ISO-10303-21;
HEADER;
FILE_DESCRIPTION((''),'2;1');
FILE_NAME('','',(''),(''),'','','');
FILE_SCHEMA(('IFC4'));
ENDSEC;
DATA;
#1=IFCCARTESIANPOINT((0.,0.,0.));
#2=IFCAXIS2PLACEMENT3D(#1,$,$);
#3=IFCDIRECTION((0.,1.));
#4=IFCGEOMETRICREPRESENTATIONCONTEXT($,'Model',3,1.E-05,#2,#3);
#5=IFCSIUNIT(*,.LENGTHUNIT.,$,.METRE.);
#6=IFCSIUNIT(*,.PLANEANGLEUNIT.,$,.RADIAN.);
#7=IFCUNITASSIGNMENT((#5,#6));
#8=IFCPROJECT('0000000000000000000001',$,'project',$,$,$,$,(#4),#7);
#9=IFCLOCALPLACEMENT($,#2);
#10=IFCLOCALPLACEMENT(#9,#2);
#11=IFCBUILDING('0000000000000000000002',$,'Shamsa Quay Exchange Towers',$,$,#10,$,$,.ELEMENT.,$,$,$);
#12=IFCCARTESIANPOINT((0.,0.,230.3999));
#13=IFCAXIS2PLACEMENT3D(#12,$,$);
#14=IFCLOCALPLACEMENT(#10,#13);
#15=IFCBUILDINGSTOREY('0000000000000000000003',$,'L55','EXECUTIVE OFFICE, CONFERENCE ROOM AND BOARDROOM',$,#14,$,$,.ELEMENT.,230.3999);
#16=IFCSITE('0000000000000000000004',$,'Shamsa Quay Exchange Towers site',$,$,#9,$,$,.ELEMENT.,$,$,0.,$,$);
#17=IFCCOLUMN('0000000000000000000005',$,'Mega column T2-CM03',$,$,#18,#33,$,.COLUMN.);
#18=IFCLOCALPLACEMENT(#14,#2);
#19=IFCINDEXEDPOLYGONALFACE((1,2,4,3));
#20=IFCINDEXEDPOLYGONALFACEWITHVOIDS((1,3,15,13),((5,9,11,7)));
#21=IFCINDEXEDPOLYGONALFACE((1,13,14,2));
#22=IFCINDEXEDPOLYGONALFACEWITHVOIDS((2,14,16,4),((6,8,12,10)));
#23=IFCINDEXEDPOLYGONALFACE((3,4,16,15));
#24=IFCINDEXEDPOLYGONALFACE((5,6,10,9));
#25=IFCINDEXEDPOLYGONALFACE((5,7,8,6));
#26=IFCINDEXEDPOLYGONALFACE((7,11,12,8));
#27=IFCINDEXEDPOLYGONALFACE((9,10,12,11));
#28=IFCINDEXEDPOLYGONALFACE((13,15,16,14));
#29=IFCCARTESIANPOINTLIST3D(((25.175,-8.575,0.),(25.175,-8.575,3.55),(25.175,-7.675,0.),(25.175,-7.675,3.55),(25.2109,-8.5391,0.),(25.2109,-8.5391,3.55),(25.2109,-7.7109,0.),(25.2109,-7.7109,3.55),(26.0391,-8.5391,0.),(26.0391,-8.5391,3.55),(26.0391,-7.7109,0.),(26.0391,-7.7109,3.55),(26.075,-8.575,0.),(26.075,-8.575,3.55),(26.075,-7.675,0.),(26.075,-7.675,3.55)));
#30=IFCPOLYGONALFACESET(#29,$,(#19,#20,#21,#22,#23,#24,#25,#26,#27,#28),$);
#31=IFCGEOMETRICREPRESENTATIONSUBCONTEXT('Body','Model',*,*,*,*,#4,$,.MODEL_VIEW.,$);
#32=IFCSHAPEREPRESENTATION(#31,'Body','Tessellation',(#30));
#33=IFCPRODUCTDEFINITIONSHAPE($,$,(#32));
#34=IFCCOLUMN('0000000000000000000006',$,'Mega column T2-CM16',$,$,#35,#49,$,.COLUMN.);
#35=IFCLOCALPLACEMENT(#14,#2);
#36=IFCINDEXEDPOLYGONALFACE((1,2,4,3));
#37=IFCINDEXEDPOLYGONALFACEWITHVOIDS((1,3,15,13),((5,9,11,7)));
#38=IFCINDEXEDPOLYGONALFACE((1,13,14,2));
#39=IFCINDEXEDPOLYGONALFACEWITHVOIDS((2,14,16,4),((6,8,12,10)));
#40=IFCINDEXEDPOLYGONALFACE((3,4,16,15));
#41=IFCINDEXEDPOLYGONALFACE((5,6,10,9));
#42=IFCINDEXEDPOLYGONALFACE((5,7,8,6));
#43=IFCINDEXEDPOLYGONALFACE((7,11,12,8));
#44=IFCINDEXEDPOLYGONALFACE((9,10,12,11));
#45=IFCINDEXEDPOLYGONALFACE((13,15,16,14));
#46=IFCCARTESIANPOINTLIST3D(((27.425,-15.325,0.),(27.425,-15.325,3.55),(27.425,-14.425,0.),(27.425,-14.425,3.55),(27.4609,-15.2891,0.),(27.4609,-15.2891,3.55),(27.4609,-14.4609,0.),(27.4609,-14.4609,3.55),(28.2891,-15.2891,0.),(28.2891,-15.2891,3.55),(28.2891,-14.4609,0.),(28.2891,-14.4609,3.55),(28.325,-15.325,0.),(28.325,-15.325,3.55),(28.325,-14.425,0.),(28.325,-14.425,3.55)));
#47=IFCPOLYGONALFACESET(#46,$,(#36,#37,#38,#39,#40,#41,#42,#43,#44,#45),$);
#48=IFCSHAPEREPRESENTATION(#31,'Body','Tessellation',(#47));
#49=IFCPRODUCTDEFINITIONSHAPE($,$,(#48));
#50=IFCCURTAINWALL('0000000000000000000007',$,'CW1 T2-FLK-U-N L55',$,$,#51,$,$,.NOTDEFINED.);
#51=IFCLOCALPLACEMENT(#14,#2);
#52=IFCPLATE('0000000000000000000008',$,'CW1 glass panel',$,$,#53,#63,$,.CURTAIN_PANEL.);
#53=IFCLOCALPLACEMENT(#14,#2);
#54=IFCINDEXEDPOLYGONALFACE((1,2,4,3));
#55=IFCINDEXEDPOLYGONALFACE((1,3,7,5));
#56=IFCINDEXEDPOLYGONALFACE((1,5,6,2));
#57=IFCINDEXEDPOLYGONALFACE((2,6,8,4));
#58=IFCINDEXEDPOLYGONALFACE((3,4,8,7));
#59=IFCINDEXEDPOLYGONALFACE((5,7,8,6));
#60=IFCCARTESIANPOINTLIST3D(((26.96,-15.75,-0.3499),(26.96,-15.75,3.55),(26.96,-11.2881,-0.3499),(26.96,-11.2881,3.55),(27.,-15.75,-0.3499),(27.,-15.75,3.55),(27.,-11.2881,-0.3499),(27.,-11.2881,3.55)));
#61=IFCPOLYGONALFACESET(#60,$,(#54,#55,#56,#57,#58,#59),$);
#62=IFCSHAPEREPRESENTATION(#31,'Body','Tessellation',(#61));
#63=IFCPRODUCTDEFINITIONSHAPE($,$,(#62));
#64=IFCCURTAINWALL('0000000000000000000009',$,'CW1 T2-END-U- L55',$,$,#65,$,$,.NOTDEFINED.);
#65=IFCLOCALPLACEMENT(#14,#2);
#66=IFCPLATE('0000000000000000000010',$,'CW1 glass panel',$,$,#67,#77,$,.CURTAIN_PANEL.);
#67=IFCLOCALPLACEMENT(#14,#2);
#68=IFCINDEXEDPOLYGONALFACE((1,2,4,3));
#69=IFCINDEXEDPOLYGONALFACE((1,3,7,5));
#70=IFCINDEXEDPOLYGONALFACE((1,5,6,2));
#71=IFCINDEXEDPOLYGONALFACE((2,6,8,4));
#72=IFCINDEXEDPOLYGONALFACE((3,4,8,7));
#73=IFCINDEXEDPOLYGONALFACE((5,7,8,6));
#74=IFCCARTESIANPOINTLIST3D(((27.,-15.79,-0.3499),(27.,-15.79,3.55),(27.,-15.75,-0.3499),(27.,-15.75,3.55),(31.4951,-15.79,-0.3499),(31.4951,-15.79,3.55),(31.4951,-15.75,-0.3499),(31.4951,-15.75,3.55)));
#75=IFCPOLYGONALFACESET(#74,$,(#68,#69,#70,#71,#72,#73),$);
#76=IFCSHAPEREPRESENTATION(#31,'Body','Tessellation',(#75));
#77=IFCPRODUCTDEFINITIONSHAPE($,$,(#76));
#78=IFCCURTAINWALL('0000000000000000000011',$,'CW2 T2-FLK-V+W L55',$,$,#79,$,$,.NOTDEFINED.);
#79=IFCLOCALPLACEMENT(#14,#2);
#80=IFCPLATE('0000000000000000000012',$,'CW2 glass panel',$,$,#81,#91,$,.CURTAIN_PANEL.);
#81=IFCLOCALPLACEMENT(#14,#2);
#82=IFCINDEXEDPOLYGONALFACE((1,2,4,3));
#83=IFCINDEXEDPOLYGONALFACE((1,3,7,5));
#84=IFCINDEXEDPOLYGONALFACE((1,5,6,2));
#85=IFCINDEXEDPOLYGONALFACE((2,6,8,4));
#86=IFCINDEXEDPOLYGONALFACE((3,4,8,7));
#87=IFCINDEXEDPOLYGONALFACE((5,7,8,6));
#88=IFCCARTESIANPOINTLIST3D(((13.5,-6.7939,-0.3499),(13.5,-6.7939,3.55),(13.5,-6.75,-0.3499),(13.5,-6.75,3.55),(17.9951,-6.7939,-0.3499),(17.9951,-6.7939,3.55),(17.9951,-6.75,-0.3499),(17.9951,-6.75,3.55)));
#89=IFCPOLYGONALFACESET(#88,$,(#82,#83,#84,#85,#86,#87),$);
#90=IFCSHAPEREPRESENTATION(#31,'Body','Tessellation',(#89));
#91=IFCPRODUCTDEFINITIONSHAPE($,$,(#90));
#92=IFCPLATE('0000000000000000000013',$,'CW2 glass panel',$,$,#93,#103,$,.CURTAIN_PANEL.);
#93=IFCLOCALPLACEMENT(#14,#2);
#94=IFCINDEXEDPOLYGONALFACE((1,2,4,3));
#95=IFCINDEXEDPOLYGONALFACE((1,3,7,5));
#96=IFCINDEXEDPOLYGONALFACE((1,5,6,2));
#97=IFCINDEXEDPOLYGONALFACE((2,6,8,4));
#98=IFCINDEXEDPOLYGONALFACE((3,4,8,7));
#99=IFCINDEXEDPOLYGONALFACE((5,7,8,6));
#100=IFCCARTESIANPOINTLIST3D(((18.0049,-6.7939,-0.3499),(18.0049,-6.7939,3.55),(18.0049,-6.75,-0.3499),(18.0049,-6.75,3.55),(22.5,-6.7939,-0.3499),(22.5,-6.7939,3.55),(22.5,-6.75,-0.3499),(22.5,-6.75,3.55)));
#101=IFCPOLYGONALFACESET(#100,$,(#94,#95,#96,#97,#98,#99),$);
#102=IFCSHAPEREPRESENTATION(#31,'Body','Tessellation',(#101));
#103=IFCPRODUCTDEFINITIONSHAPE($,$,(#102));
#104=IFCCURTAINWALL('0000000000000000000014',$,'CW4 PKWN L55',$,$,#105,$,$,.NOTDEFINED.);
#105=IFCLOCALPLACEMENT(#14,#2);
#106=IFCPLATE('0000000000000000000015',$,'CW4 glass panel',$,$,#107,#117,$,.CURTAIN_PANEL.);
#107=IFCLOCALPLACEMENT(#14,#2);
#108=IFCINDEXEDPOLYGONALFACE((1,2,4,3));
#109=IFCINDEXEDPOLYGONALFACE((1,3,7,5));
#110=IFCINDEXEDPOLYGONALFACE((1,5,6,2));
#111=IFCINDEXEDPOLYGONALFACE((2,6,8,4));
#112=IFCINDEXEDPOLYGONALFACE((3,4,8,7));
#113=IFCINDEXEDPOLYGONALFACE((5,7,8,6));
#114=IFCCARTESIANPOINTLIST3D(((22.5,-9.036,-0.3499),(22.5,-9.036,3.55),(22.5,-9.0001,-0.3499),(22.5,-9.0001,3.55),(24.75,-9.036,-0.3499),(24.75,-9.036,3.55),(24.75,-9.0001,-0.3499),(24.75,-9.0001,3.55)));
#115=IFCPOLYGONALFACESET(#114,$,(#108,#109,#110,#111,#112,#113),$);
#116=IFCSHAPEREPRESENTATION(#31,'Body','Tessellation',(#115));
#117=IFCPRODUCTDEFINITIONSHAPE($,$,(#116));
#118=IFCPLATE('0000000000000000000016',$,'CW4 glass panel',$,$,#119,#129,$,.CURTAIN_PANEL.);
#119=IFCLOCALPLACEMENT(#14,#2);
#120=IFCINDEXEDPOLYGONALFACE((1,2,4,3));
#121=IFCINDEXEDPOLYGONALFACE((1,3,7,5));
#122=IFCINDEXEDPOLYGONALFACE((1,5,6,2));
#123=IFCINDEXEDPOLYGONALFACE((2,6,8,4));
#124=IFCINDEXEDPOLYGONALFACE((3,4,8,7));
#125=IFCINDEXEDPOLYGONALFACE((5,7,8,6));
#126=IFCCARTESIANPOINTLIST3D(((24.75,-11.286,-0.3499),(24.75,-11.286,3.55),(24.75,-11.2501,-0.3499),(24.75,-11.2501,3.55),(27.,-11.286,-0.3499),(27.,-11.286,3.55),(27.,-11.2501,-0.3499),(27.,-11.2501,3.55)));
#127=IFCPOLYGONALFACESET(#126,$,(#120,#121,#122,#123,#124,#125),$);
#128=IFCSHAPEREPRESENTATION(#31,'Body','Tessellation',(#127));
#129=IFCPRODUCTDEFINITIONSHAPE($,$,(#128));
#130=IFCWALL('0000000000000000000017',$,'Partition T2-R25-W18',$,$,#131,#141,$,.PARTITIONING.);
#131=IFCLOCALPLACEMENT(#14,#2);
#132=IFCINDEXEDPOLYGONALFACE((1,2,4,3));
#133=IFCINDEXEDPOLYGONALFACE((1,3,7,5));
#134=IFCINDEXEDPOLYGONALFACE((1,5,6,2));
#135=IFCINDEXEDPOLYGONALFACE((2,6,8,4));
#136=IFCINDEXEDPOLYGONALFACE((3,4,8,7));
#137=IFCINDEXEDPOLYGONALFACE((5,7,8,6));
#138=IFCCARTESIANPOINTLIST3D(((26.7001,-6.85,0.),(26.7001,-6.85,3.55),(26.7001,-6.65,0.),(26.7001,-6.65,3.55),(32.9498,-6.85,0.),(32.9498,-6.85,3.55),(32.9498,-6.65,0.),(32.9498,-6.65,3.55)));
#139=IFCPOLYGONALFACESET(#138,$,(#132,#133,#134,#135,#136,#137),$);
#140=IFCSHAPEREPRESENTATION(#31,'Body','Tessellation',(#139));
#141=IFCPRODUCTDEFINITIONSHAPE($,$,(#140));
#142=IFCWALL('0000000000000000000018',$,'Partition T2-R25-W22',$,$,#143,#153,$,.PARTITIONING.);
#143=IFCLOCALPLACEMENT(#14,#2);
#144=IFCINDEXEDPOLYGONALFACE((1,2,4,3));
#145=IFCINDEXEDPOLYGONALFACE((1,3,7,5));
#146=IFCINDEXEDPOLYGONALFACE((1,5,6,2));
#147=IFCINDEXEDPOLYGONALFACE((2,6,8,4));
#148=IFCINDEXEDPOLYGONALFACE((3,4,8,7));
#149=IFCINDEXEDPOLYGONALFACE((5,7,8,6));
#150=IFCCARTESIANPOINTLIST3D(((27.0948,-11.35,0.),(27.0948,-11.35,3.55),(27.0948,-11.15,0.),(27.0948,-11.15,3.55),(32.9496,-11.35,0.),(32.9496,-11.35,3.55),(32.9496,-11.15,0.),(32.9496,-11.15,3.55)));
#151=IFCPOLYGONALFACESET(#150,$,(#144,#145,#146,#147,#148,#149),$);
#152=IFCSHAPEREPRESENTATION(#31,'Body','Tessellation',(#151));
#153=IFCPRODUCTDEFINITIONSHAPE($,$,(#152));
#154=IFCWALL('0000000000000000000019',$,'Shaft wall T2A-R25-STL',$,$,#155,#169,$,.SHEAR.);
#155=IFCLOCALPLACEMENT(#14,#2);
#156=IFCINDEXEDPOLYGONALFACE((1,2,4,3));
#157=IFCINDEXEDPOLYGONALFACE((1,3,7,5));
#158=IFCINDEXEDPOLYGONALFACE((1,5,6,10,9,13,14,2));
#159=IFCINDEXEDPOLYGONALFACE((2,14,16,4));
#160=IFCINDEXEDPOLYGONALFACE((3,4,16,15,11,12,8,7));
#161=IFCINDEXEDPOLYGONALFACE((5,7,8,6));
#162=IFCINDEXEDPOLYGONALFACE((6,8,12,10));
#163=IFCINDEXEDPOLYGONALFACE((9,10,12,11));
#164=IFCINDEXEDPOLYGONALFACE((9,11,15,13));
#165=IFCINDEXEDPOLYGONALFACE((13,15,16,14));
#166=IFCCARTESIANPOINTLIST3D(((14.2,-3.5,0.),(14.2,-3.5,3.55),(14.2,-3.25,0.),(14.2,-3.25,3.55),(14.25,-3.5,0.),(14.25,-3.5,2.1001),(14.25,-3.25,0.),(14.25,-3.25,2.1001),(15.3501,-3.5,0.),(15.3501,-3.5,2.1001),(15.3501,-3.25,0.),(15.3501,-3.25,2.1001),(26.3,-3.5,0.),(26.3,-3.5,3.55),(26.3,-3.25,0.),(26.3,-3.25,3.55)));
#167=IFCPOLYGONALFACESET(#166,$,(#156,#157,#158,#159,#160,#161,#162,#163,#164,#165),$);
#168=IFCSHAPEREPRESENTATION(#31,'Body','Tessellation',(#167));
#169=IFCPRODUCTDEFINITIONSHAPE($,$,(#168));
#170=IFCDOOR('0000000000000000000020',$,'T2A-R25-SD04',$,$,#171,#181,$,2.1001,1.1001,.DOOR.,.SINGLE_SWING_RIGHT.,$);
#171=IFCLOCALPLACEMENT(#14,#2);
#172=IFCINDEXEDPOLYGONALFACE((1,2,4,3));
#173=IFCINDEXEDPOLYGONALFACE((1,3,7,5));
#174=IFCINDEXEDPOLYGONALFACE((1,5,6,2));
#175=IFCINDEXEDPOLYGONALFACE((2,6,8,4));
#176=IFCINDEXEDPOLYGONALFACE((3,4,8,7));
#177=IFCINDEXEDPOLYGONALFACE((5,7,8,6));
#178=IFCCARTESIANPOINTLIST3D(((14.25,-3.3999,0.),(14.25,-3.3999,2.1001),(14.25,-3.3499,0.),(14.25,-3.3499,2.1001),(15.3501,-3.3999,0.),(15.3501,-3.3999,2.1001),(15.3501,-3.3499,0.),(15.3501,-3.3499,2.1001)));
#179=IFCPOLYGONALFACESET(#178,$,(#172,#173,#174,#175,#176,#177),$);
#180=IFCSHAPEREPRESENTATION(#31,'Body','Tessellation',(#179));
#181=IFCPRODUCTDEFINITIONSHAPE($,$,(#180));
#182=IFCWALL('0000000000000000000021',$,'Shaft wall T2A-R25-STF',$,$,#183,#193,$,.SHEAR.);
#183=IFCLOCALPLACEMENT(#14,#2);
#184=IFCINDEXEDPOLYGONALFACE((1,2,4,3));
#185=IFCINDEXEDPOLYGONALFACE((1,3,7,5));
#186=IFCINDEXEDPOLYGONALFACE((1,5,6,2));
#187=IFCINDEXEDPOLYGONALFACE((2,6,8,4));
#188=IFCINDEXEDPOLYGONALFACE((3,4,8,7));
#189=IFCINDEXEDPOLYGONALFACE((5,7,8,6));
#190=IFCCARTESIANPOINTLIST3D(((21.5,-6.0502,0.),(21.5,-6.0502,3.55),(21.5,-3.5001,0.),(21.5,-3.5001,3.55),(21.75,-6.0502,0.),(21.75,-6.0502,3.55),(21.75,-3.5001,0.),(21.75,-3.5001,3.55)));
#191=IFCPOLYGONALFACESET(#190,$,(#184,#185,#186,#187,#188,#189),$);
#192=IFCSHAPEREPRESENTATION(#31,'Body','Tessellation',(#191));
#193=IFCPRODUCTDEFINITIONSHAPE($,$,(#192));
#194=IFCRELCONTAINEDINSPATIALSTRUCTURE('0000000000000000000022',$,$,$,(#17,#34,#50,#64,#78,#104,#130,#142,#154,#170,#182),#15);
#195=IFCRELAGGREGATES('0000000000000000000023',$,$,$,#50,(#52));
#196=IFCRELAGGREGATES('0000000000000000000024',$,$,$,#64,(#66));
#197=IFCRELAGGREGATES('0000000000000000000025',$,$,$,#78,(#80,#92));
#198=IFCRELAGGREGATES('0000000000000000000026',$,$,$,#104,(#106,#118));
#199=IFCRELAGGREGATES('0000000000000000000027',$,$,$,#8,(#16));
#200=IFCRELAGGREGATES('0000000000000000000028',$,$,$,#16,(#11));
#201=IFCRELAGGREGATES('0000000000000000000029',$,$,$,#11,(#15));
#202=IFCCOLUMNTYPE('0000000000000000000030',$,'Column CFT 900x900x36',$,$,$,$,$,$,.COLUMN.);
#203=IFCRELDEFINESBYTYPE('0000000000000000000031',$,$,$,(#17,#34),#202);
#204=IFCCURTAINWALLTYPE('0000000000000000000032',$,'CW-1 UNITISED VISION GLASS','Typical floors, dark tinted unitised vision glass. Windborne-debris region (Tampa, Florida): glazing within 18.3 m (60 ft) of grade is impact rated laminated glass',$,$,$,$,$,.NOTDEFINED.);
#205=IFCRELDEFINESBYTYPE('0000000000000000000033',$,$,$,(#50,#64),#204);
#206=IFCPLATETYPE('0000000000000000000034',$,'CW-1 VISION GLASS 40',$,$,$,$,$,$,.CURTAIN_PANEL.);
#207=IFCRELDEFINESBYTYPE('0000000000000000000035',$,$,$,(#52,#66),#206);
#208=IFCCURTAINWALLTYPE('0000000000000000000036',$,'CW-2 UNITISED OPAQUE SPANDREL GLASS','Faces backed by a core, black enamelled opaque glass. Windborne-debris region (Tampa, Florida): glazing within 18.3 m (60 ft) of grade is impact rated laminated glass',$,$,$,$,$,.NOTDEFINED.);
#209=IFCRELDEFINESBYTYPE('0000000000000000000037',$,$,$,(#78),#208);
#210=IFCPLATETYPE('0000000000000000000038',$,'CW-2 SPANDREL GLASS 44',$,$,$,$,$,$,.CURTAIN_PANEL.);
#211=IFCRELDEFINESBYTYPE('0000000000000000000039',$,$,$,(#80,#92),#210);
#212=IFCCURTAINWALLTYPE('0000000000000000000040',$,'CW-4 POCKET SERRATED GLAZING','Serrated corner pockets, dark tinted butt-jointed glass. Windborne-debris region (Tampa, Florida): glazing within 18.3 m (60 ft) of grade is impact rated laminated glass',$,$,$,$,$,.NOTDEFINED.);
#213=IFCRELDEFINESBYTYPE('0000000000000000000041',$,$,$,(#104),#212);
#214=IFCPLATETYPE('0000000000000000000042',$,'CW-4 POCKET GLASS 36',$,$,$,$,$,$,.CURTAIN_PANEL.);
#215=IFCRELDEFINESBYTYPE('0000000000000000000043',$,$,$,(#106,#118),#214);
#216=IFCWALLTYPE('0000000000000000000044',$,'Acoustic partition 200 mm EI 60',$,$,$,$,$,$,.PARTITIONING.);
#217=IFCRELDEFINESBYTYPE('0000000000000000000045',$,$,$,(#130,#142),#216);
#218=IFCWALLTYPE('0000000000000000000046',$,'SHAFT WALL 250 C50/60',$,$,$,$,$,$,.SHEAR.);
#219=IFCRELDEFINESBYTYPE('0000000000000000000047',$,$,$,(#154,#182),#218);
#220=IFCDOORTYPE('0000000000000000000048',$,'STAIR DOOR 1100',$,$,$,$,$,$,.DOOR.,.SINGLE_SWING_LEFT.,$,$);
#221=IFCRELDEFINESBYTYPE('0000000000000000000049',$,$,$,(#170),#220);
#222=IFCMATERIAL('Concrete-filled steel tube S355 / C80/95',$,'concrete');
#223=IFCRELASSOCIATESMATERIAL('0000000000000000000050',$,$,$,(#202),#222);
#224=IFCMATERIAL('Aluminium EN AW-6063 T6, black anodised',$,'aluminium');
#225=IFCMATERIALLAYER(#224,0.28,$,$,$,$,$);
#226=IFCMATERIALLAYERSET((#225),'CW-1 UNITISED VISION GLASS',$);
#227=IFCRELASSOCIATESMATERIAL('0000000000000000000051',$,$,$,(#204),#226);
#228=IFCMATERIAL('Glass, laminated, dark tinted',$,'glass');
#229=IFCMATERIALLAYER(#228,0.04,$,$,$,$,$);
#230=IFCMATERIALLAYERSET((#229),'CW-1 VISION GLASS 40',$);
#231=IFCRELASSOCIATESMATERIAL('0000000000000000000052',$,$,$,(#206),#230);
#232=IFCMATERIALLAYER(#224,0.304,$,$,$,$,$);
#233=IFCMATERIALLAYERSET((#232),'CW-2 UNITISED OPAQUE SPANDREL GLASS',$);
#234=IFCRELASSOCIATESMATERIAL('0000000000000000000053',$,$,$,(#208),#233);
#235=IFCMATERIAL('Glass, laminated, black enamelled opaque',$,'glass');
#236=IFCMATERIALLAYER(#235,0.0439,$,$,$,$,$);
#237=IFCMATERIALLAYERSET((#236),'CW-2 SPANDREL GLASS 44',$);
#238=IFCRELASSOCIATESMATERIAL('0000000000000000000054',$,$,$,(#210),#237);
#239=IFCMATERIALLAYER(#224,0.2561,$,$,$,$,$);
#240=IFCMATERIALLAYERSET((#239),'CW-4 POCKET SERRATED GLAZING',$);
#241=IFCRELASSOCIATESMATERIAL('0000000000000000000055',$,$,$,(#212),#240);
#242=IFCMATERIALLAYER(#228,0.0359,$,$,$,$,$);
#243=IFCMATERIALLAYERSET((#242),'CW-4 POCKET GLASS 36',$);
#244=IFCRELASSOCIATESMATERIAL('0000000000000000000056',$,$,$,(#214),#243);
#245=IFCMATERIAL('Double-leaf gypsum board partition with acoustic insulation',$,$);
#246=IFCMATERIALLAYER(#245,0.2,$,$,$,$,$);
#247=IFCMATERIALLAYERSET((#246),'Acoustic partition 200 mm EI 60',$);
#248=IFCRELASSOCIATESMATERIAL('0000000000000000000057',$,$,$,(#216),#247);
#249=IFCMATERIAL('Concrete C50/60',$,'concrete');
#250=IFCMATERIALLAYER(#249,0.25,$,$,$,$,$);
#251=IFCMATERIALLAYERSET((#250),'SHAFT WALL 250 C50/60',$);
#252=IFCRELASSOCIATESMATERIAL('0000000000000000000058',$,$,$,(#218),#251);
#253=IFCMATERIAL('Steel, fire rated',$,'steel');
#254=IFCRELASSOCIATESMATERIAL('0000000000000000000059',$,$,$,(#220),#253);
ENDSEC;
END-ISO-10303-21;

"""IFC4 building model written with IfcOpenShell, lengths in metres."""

from ifc_helpers import new_model, si_unit, direction, frame, frame_2d, origin, origin_2d, place, context, subcontext, project, spatial, rectangle, hollow_rectangle, extrude, material, layer, layer_set, material_profile, profile_set, type_object, element, fill, aggregate, save


model = new_model("IFC4")

# Units and contexts
model_context = context("Model", 3, precision=1e-05, world=origin(), true_north=direction((0.0, 1.0)))
body_context = subcontext(model_context, "Body", "Model", "MODEL_VIEW")
ifc_project = project(units=[si_unit("LENGTHUNIT", "METRE"), si_unit("PLANEANGLEUNIT", "RADIAN")], contexts=[model_context])

# Site, building, storey
site_placement = place(None, origin())
site = spatial("IfcSite", under=ifc_project, at=site_placement, Name="Shamsa Quay Exchange Towers site", CompositionType="ELEMENT", RefElevation=0.0)
building_placement = place(site_placement, origin())
building = spatial("IfcBuilding", under=site, at=building_placement, Name="Shamsa Quay Exchange Towers", CompositionType="ELEMENT")
storey_placement = place(building_placement, frame((0.0, 0.0, 230.3999)))
storey = spatial("IfcBuildingStorey", under=building, at=storey_placement, Name="L55", Description="EXECUTIVE OFFICE, CONFERENCE ROOM AND BOARDROOM", CompositionType="ELEMENT", Elevation=230.3999)

# Columns
ifc_material_1 = material(Name="Concrete-filled steel tube S355 / C80/95", Category="concrete")
ifc_material_profile = material_profile(ifc_material_1, hollow_rectangle(XDim=0.8999, YDim=0.8999, WallThickness=0.0359, at=origin_2d()), Name="CFT 900x900x36")
ifc_profile_set = profile_set([ifc_material_profile], Name="Concrete-filled steel tube S355 / C80/95")
column_type = type_object("IfcColumnType", Name="Column CFT 900x900x36", PredefinedType="COLUMN", material=ifc_profile_set)
for number, where, name in (
    (1, (25.625, -8.125, 0.0), "Mega column T2-CM03"),
    (2, (27.875, -14.875, 0.0), "Mega column T2-CM16"),
):
    element("IfcColumn", number, at=place(storey_placement, frame(where)), inside=storey, type_object=column_type, Name=name, PredefinedType="COLUMN", context=body_context, shape_type="SweptSolid", body=[
        extrude(hollow_rectangle(XDim=0.8999, YDim=0.8999, WallThickness=0.0359, at=origin_2d()), origin(), (0.0, 0.0, 1.0), 3.55),
    ])

# Curtain walls, plates
ifc_material_2 = material(Name="Aluminium EN AW-6063 T6, black anodised", Category="aluminium")
ifc_layer_1 = layer(ifc_material_2, 0.28)
ifc_layer_set_1 = layer_set([ifc_layer_1], Name="CW-1 UNITISED VISION GLASS")
curtain_wall_type_1 = type_object("IfcCurtainWallType", Name="CW-1 UNITISED VISION GLASS", Description="Typical floors, dark tinted unitised vision glass. Windborne-debris region (Tampa, Florida): glazing within 18.3 m (60 ft) of grade is impact rated laminated glass", PredefinedType="NOTDEFINED", material=ifc_layer_set_1)
curtain_wall_1_placement = place(storey_placement, origin())
curtain_wall_1 = element("IfcCurtainWall", 3, at=curtain_wall_1_placement, inside=storey, type_object=curtain_wall_type_1, Name="CW1 T2-FLK-U-N L55", PredefinedType="NOTDEFINED")
ifc_material_3 = material(Name="Glass, laminated, dark tinted", Category="glass")
ifc_layer_2 = layer(ifc_material_3, 0.04)
ifc_layer_set_2 = layer_set([ifc_layer_2], Name="CW-1 VISION GLASS 40")
plate_type_1 = type_object("IfcPlateType", Name="CW-1 VISION GLASS 40", PredefinedType="CURTAIN_PANEL", material=ifc_layer_set_2)
plate_1_placement = place(storey_placement, frame((26.98, -13.519, -0.3499), z_axis=(0.0, 0.0, 1.0), x_axis=(0.0, -1.0, 0.0)))
plate_1 = element("IfcPlate", 4, at=plate_1_placement, type_object=plate_type_1, Name="CW1 glass panel", PredefinedType="CURTAIN_PANEL", context=body_context, shape_type="SweptSolid", body=[
    extrude(rectangle(XDim=4.4619, YDim=0.04, at=origin_2d()), origin(), (0.0, 0.0, 1.0), 3.8999),
])
aggregate(curtain_wall_1, [plate_1])
curtain_wall_2_placement = place(storey_placement, origin())
curtain_wall_2 = element("IfcCurtainWall", 5, at=curtain_wall_2_placement, inside=storey, type_object=curtain_wall_type_1, Name="CW1 T2-END-U- L55", PredefinedType="NOTDEFINED")
plate_2_placement = place(storey_placement, frame((29.2476, -15.77, -0.3499)))
plate_2 = element("IfcPlate", 6, at=plate_2_placement, type_object=plate_type_1, Name="CW1 glass panel", PredefinedType="CURTAIN_PANEL", context=body_context, shape_type="SweptSolid", body=[
    extrude(rectangle(XDim=4.4951, YDim=0.04, at=origin_2d()), origin(), (0.0, 0.0, 1.0), 3.8999),
])
aggregate(curtain_wall_2, [plate_2])

# Curtain walls, plates
ifc_layer_3 = layer(ifc_material_2, 0.304)
ifc_layer_set_3 = layer_set([ifc_layer_3], Name="CW-2 UNITISED OPAQUE SPANDREL GLASS")
curtain_wall_type_2 = type_object("IfcCurtainWallType", Name="CW-2 UNITISED OPAQUE SPANDREL GLASS", Description="Faces backed by a core, black enamelled opaque glass. Windborne-debris region (Tampa, Florida): glazing within 18.3 m (60 ft) of grade is impact rated laminated glass", PredefinedType="NOTDEFINED", material=ifc_layer_set_3)
curtain_wall_3_placement = place(storey_placement, origin())
curtain_wall_3 = element("IfcCurtainWall", 7, at=curtain_wall_3_placement, inside=storey, type_object=curtain_wall_type_2, Name="CW2 T2-FLK-V+W L55", PredefinedType="NOTDEFINED")
ifc_material_4 = material(Name="Glass, laminated, black enamelled opaque", Category="glass")
ifc_layer_4 = layer(ifc_material_4, 0.0439)
ifc_layer_set_4 = layer_set([ifc_layer_4], Name="CW-2 SPANDREL GLASS 44")
plate_type_2 = type_object("IfcPlateType", Name="CW-2 SPANDREL GLASS 44", PredefinedType="CURTAIN_PANEL", material=ifc_layer_set_4)
plate_3_placement = place(storey_placement, frame((15.7476, -6.772, -0.3499)))
plate_3 = element("IfcPlate", 8, at=plate_3_placement, type_object=plate_type_2, Name="CW2 glass panel", PredefinedType="CURTAIN_PANEL", context=body_context, shape_type="SweptSolid", body=[
    extrude(rectangle(XDim=4.4951, YDim=0.0439, at=origin_2d()), origin(), (0.0, 0.0, 1.0), 3.8999),
])
plate_4_placement = place(storey_placement, frame((20.2524, -6.772, -0.3499)))
plate_4 = element("IfcPlate", 9, at=plate_4_placement, type_object=plate_type_2, Name="CW2 glass panel", PredefinedType="CURTAIN_PANEL", context=body_context, shape_type="SweptSolid", body=[
    extrude(rectangle(XDim=4.4951, YDim=0.0439, at=origin_2d()), origin(), (0.0, 0.0, 1.0), 3.8999),
])
aggregate(curtain_wall_3, [plate_3, plate_4])
ifc_layer_5 = layer(ifc_material_2, 0.2561)
ifc_layer_set_5 = layer_set([ifc_layer_5], Name="CW-4 POCKET SERRATED GLAZING")
curtain_wall_type_3 = type_object("IfcCurtainWallType", Name="CW-4 POCKET SERRATED GLAZING", Description="Serrated corner pockets, dark tinted butt-jointed glass. Windborne-debris region (Tampa, Florida): glazing within 18.3 m (60 ft) of grade is impact rated laminated glass", PredefinedType="NOTDEFINED", material=ifc_layer_set_5)
curtain_wall_4_placement = place(storey_placement, origin())
curtain_wall_4 = element("IfcCurtainWall", 10, at=curtain_wall_4_placement, inside=storey, type_object=curtain_wall_type_3, Name="CW4 PKWN L55", PredefinedType="NOTDEFINED")
ifc_layer_6 = layer(ifc_material_3, 0.0359)
ifc_layer_set_6 = layer_set([ifc_layer_6], Name="CW-4 POCKET GLASS 36")
plate_type_3 = type_object("IfcPlateType", Name="CW-4 POCKET GLASS 36", PredefinedType="CURTAIN_PANEL", material=ifc_layer_set_6)
plate_5_placement = place(storey_placement, frame((23.625, -9.0181, -0.3499)))
plate_5 = element("IfcPlate", 11, at=plate_5_placement, type_object=plate_type_3, Name="CW4 glass panel", PredefinedType="CURTAIN_PANEL", context=body_context, shape_type="SweptSolid", body=[
    extrude(rectangle(XDim=2.25, YDim=0.0359, at=origin_2d()), origin(), (0.0, 0.0, 1.0), 3.8999),
])
plate_6_placement = place(storey_placement, frame((25.875, -11.2681, -0.3499)))
plate_6 = element("IfcPlate", 12, at=plate_6_placement, type_object=plate_type_3, Name="CW4 glass panel", PredefinedType="CURTAIN_PANEL", context=body_context, shape_type="SweptSolid", body=[
    extrude(rectangle(XDim=2.25, YDim=0.0359, at=origin_2d()), origin(), (0.0, 0.0, 1.0), 3.8999),
])
aggregate(curtain_wall_4, [plate_5, plate_6])

# Walls
ifc_material_5 = material(Name="Double-leaf gypsum board partition with acoustic insulation")
ifc_layer_7 = layer(ifc_material_5, 0.2)
ifc_layer_set_7 = layer_set([ifc_layer_7], Name="Acoustic partition 200 mm EI 60")
wall_type_1 = type_object("IfcWallType", Name="Acoustic partition 200 mm EI 60", PredefinedType="PARTITIONING", material=ifc_layer_set_7)
wall_1_placement = place(storey_placement, frame((26.7, -6.75, 0.0)))
element("IfcWall", 13, at=wall_1_placement, inside=storey, type_object=wall_type_1, Name="Partition T2-R25-W18", PredefinedType="PARTITIONING", context=body_context, shape_type="SweptSolid", body=[
    extrude(rectangle(XDim=6.2498, YDim=0.2, at=frame_2d((3.125, 0.0))), origin(), (0.0, 0.0, 1.0), 3.55),
])
wall_2_placement = place(storey_placement, frame((27.095, -11.25, 0.0)))
element("IfcWall", 14, at=wall_2_placement, inside=storey, type_object=wall_type_1, Name="Partition T2-R25-W22", PredefinedType="PARTITIONING", context=body_context, shape_type="SweptSolid", body=[
    extrude(rectangle(XDim=5.8547, YDim=0.2, at=frame_2d((2.9272, 0.0))), origin(), (0.0, 0.0, 1.0), 3.55),
])

# Wall, opening, door
ifc_material_6 = material(Name="Concrete C50/60", Category="concrete")
ifc_layer_8 = layer(ifc_material_6, 0.25)
ifc_layer_set_8 = layer_set([ifc_layer_8], Name="SHAFT WALL 250 C50/60")
wall_type_2 = type_object("IfcWallType", Name="SHAFT WALL 250 C50/60", PredefinedType="SHEAR", material=ifc_layer_set_8)
wall_3_placement = place(storey_placement, frame((26.3, -3.375, 0.0), z_axis=(0.0, 0.0, 1.0), x_axis=(-1.0, 0.0, 0.0)))
wall_3 = element("IfcWall", 15, at=wall_3_placement, inside=storey, type_object=wall_type_2, Name="Shaft wall T2A-R25-STL", PredefinedType="SHEAR", context=body_context, shape_type="SweptSolid", body=[
    extrude(rectangle(XDim=12.1001, YDim=0.25, at=frame_2d((6.05, 0.0))), origin(), (0.0, 0.0, 1.0), 3.55),
])
opening_1_placement = place(wall_3_placement, frame((10.95, 0.0, 0.0)))
opening_1 = element("IfcOpeningElement", 16, at=opening_1_placement, cuts=wall_3, PredefinedType="OPENING", context=body_context, shape_type="SweptSolid", body=[
    extrude(rectangle(XDim=1.1001, YDim=2.1001, at=frame_2d((0.55, 1.05))), frame((0.0, 0.135, 0.0), z_axis=(0.0, -1.0, 0.0), x_axis=(1.0, 0.0, 0.0)), (0.0, 0.0, 1.0), 0.27),
])
ifc_material_7 = material(Name="Steel, fire rated", Category="steel")
door_type_1 = type_object("IfcDoorType", Name="STAIR DOOR 1100", OperationType="SINGLE_SWING_LEFT", PredefinedType="DOOR", material=ifc_material_7)
door_1_placement = place(opening_1_placement, origin())
door_1 = element("IfcDoor", 17, at=door_1_placement, inside=storey, type_object=door_type_1, Name="T2A-R25-SD04", OperationType="SINGLE_SWING_RIGHT", OverallHeight=2.1001, OverallWidth=1.1001, PredefinedType="DOOR", context=body_context, shape_type="SweptSolid", body=[
    extrude(rectangle(XDim=1.1001, YDim=2.1001, at=frame_2d((0.55, 1.05))), frame((0.0, 0.0249, 0.0), z_axis=(0.0, -1.0, 0.0), x_axis=(1.0, 0.0, 0.0)), (0.0, 0.0, 1.0), 0.05),
])
fill(opening_1, door_1)

# Wall
wall_4_placement = place(storey_placement, frame((21.625, -6.05, 0.0), z_axis=(0.0, 0.0, 1.0), x_axis=(0.0, 1.0, 0.0)))
element("IfcWall", 18, at=wall_4_placement, inside=storey, type_object=wall_type_2, Name="Shaft wall T2A-R25-STF", PredefinedType="SHEAR", context=body_context, shape_type="SweptSolid", body=[
    extrude(rectangle(XDim=2.55, YDim=0.25, at=frame_2d((1.2749, 0.0))), origin(), (0.0, 0.0, 1.0), 3.55),
])

save(model, "model.ifc")
